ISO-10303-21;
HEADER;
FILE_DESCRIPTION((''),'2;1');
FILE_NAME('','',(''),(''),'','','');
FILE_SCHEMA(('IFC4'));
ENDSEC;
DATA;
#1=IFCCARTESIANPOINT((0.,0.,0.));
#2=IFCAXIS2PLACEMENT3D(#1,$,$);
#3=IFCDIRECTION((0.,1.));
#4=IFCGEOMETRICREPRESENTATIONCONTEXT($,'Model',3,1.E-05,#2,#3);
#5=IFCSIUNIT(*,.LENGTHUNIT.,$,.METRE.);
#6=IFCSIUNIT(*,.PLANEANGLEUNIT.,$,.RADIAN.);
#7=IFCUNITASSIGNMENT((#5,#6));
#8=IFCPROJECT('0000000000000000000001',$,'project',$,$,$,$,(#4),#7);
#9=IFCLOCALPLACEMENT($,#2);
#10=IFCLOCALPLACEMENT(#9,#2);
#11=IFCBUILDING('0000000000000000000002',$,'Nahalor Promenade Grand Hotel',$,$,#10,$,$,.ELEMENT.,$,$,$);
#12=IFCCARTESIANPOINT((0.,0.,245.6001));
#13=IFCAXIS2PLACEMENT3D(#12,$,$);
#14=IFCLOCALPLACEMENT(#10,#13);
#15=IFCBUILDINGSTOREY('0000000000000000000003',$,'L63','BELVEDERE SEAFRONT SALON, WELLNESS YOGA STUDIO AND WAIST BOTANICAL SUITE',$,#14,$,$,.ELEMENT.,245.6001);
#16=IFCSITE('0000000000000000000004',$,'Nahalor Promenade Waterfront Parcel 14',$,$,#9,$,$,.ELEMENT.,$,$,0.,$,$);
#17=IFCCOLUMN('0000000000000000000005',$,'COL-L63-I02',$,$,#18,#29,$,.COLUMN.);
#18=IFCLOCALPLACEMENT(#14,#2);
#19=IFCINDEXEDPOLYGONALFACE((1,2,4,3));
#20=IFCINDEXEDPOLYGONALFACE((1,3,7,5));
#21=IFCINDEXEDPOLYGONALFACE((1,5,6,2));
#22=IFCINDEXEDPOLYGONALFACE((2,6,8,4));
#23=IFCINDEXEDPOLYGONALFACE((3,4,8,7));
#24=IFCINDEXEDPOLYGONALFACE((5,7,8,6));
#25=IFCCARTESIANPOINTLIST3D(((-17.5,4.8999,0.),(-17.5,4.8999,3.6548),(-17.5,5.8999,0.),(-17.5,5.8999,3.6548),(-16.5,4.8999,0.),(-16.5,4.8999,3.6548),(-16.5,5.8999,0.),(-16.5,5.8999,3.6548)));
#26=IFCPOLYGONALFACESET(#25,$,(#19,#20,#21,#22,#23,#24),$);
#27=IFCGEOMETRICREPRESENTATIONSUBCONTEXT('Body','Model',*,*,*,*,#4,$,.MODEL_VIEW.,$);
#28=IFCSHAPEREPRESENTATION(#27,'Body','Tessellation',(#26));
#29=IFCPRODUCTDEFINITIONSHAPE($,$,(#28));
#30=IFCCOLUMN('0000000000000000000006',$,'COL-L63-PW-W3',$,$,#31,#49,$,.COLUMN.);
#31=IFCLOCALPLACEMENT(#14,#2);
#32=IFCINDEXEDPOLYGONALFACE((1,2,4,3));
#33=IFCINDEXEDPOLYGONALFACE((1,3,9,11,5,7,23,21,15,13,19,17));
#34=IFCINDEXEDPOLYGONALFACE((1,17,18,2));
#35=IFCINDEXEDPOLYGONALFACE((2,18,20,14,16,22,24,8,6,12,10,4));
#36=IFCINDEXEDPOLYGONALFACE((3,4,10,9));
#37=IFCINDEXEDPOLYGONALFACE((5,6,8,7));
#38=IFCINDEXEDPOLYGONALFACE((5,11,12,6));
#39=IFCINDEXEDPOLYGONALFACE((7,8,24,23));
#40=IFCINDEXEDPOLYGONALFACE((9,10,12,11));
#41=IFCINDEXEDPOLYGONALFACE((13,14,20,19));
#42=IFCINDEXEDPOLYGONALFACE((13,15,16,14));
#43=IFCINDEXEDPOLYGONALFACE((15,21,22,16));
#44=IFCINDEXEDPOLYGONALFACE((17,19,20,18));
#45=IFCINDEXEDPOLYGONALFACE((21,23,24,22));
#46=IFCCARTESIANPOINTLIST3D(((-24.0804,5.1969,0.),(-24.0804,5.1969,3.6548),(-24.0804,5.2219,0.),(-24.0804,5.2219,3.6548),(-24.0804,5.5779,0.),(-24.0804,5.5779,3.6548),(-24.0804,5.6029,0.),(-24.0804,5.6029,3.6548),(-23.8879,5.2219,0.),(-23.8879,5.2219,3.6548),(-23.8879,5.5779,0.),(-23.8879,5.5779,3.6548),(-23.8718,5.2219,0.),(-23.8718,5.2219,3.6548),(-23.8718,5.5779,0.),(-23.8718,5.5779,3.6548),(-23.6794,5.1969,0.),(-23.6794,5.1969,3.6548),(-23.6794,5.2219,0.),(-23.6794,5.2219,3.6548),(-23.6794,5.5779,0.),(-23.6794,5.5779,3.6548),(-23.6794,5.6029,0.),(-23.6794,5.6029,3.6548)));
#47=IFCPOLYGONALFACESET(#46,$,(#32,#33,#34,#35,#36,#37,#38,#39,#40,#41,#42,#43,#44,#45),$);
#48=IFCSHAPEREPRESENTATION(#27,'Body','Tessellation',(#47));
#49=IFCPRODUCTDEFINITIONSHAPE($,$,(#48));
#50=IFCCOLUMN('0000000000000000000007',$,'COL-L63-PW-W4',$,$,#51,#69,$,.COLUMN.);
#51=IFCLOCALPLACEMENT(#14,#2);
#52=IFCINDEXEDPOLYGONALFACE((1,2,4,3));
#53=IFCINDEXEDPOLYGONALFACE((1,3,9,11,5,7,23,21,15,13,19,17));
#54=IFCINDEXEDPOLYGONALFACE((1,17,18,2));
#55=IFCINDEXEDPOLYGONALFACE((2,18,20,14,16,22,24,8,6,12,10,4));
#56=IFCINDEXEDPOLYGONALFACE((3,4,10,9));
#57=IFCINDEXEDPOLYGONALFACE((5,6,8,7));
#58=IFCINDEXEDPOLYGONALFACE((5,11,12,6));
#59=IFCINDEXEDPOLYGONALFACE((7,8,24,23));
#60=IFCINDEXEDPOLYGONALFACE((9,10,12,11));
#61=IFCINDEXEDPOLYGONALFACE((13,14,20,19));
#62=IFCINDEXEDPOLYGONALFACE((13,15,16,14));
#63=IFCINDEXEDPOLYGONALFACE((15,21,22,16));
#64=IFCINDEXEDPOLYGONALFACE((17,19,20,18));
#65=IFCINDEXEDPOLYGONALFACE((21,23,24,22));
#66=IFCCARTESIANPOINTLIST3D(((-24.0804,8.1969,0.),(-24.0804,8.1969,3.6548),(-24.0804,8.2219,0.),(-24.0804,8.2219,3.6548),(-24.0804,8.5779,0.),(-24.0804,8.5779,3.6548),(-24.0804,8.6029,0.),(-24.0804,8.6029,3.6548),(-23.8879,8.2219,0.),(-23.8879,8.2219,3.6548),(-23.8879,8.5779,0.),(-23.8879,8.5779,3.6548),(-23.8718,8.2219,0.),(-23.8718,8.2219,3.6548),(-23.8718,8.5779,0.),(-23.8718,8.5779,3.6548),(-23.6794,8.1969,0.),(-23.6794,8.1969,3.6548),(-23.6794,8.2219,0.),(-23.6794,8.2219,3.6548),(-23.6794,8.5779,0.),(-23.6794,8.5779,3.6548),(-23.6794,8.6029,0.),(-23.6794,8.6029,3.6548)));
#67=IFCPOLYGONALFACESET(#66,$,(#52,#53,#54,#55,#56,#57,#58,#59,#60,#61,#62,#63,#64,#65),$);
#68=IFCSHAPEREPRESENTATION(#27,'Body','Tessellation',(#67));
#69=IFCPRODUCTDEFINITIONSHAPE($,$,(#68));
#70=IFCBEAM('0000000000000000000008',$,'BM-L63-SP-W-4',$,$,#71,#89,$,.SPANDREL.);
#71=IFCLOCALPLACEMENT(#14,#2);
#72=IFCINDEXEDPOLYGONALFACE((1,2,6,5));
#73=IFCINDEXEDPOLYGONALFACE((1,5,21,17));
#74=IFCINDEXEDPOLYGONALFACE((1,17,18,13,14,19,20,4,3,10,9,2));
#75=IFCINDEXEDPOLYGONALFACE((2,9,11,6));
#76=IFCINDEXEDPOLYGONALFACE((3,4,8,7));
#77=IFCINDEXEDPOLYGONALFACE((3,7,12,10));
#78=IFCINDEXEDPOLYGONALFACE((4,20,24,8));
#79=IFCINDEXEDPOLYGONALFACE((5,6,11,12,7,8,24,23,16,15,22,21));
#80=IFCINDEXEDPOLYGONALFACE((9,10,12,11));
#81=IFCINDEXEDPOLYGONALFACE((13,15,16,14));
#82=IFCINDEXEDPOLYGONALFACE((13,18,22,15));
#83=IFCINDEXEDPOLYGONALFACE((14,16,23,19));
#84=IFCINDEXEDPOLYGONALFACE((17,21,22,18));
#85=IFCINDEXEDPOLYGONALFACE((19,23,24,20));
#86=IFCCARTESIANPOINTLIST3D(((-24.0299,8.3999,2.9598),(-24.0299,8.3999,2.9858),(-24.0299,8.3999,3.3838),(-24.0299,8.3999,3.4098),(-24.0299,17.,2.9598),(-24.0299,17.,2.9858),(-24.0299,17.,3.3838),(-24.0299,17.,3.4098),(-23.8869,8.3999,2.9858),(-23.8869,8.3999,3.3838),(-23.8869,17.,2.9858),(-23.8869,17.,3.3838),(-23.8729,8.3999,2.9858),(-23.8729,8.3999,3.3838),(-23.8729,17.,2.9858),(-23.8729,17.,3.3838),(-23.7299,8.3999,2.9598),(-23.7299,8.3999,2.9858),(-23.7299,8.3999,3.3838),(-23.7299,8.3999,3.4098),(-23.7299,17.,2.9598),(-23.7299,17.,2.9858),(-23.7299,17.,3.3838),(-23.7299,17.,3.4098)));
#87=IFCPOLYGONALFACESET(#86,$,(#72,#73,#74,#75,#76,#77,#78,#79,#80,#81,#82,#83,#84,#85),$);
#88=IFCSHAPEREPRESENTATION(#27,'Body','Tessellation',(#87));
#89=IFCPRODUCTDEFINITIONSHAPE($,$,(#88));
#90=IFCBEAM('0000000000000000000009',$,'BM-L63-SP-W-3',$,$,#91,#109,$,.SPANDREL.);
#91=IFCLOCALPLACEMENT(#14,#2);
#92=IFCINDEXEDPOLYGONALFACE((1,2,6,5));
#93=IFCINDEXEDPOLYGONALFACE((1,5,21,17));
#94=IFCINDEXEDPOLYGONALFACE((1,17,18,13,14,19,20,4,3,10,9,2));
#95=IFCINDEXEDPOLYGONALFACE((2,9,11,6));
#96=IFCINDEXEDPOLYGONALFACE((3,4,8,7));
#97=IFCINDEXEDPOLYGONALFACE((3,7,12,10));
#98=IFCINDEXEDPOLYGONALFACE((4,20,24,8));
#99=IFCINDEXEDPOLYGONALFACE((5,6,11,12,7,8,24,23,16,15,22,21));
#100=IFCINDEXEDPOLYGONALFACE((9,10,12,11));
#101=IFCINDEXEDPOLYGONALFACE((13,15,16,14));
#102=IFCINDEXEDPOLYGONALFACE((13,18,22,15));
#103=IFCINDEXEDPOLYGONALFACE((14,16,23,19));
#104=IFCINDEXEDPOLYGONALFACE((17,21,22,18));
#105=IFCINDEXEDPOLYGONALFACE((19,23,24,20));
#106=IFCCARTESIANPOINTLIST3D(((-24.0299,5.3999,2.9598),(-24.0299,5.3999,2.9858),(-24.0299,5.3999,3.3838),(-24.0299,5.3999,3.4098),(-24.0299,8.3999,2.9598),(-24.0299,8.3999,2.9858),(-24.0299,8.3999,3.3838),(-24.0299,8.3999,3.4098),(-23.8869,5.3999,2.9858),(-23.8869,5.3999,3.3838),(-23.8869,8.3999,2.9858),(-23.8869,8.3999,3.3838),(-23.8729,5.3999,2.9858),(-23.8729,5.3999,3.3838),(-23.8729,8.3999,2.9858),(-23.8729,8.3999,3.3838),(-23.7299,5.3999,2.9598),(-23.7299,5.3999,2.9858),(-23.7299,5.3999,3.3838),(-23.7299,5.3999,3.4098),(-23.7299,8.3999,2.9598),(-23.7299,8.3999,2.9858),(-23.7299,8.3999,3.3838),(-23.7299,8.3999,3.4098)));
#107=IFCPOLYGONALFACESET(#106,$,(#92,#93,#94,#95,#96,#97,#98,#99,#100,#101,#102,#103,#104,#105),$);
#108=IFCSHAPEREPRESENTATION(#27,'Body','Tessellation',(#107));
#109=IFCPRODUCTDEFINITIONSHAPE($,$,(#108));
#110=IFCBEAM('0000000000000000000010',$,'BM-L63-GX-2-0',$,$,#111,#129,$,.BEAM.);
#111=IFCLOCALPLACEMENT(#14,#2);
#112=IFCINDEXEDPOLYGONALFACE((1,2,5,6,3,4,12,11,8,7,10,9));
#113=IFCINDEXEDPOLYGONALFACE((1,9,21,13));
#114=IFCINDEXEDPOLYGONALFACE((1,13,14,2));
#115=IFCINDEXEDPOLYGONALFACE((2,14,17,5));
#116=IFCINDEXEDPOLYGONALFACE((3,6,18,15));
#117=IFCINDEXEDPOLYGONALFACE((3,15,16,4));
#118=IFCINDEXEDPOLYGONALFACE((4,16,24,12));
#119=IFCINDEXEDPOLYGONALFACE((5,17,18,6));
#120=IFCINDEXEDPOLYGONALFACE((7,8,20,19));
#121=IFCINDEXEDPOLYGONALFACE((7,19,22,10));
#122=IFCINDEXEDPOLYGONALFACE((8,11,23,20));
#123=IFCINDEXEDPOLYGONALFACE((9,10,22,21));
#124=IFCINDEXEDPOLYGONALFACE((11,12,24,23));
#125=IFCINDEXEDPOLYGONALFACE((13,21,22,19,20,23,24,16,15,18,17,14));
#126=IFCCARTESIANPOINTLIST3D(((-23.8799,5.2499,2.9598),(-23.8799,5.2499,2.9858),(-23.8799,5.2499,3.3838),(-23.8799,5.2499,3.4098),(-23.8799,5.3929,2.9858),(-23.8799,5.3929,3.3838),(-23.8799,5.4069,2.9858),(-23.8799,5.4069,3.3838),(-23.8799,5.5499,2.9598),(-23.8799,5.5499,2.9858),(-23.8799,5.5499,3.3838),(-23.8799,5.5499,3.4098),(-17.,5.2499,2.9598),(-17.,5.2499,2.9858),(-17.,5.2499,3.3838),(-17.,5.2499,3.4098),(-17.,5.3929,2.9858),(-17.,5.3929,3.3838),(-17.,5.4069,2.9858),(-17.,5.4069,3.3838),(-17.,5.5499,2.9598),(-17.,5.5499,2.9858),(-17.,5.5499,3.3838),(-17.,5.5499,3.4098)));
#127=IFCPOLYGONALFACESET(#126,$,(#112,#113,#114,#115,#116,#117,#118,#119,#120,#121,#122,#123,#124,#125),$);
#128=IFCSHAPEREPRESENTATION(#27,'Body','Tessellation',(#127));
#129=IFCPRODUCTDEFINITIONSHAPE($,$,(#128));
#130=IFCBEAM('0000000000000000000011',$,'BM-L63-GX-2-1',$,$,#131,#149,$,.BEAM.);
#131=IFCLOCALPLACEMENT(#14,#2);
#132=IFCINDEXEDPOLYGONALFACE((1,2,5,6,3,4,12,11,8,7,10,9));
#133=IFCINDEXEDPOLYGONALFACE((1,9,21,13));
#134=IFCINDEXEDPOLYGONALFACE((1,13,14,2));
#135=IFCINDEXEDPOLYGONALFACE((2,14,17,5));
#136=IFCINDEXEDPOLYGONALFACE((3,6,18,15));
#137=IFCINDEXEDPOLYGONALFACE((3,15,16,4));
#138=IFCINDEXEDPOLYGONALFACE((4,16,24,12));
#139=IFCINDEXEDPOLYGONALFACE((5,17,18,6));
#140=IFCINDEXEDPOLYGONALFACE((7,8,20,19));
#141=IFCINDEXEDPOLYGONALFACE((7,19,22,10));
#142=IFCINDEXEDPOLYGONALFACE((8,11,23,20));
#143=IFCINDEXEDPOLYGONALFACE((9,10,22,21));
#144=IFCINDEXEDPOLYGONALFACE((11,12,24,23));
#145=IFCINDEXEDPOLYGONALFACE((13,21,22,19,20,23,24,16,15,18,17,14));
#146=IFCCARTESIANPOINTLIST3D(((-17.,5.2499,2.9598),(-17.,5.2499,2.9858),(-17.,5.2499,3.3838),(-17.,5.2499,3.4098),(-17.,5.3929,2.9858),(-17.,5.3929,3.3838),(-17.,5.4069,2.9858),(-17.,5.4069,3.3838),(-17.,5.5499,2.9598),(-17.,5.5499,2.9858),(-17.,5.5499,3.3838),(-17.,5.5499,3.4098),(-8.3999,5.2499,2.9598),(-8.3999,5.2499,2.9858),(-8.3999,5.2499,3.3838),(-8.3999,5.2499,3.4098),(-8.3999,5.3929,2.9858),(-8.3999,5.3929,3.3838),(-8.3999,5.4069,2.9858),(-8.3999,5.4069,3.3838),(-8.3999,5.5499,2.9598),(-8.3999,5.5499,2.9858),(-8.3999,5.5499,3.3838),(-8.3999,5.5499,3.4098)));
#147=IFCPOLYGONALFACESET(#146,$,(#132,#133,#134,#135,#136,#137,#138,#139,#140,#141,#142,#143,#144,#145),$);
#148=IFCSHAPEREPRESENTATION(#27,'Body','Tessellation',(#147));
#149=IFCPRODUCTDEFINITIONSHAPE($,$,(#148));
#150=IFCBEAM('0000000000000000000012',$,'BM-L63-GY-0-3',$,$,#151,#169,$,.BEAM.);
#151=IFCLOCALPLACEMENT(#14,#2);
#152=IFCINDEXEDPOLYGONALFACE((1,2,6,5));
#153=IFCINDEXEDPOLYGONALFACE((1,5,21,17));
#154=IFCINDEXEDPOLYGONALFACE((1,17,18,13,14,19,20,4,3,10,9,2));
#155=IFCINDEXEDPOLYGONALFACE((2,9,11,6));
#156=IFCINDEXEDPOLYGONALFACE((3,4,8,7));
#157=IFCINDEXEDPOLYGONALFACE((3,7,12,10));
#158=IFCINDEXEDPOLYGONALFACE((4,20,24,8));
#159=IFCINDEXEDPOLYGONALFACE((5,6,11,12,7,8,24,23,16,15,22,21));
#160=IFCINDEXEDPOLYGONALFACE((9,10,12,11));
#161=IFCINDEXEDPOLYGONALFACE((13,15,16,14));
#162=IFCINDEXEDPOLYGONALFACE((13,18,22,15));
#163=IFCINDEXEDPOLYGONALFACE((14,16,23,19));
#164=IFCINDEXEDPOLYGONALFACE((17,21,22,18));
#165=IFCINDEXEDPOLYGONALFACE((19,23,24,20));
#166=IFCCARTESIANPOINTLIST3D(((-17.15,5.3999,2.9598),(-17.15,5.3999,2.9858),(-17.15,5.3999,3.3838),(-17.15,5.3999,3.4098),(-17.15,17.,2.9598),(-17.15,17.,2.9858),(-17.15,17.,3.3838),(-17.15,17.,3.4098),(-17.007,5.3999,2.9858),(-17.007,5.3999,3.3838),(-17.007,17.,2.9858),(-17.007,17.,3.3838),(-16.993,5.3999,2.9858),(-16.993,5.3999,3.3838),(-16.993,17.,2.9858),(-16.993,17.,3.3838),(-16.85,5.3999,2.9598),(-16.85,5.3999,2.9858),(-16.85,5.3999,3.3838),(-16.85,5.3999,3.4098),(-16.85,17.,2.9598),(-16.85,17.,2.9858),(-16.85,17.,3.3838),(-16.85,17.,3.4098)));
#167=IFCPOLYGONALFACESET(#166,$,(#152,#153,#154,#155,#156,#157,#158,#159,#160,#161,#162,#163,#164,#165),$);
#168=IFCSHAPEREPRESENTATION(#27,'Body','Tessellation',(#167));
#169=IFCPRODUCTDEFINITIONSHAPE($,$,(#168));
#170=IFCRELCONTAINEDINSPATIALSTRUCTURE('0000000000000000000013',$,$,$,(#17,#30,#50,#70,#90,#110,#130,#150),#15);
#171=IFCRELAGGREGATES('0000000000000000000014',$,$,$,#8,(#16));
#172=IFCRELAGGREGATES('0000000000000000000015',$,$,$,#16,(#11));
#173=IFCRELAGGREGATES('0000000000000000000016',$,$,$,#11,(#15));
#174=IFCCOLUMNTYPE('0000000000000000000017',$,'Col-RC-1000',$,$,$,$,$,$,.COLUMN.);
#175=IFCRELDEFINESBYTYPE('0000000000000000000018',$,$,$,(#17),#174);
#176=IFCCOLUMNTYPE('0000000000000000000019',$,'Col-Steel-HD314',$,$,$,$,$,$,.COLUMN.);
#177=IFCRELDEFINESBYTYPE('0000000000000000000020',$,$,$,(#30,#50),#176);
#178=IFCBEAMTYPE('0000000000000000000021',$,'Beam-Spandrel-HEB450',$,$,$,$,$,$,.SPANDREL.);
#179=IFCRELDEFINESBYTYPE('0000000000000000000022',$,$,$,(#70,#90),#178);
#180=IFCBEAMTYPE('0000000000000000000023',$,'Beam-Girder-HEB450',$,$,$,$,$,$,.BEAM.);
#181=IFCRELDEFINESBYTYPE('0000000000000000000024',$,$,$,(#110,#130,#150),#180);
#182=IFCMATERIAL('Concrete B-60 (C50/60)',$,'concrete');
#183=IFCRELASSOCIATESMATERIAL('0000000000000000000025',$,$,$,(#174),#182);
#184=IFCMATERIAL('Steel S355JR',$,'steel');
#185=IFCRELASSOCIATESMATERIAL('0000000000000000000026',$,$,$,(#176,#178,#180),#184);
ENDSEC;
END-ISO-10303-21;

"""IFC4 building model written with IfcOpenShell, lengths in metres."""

from ifc_helpers import new_model, si_unit, direction, frame, origin, origin_2d, place, context, subcontext, project, spatial, rectangle, i_section, extrude, source, transform, mapped, material, material_profile, profile_set, type_object, element, save


model = new_model("IFC4")

# Units and contexts
model_context = context("Model", 3, precision=1e-05, world=origin(), true_north=direction((0.0, 1.0)))
body_context = subcontext(model_context, "Body", "Model", "MODEL_VIEW")
ifc_project = project(units=[si_unit("LENGTHUNIT", "METRE"), si_unit("PLANEANGLEUNIT", "RADIAN")], contexts=[model_context])

# Site, building, storey
site_placement = place(None, origin())
site = spatial("IfcSite", under=ifc_project, at=site_placement, Name="Nahalor Promenade Waterfront Parcel 14", CompositionType="ELEMENT", RefElevation=0.0)
building_placement = place(site_placement, origin())
building = spatial("IfcBuilding", under=site, at=building_placement, Name="Nahalor Promenade Grand Hotel", CompositionType="ELEMENT")
storey_placement = place(building_placement, frame((0.0, 0.0, 245.6001)))
storey = spatial("IfcBuildingStorey", under=building, at=storey_placement, Name="L63", Description="BELVEDERE SEAFRONT SALON, WELLNESS YOGA STUDIO AND WAIST BOTANICAL SUITE", CompositionType="ELEMENT", Elevation=245.6001)

# Columns
ifc_material_1 = material(Name="Concrete B-60 (C50/60)", Category="concrete")
ifc_material_profile_1 = material_profile(ifc_material_1, rectangle(XDim=1.0, YDim=1.0, at=origin_2d()), Name="RC 1000x1000")
ifc_profile_set_1 = profile_set([ifc_material_profile_1], Name="Concrete B-60 (C50/60)")
column_type_1 = type_object("IfcColumnType", Name="Col-RC-1000", PredefinedType="COLUMN", material=ifc_profile_set_1)
shared_shape_1 = source(origin(), body_context, "Body", "SweptSolid", [
    extrude(rectangle(XDim=1.0, YDim=1.0, at=origin_2d()), origin(), (0.0, 0.0, 1.0), 3.6548),
])
column_placement = place(storey_placement, frame((-17.0, 5.3999, 0.0), z_axis=(0.0, 0.0, 1.0), x_axis=(1.0, 0.0, 0.0)))
element("IfcColumn", 1, at=column_placement, inside=storey, type_object=column_type_1, Name="COL-L63-I02", PredefinedType="COLUMN", context=body_context, shape_type="MappedRepresentation", body=[
    mapped(shared_shape_1, transform((0.0, 0.0, 0.0), scale=1.0)),
])
ifc_material_2 = material(Name="Steel S355JR", Category="steel")
ifc_material_profile_2 = material_profile(ifc_material_2, i_section(OverallWidth=0.401, OverallDepth=0.406, WebThickness=0.0161, FlangeThickness=0.025, at=origin_2d()), Name="HD 400x314")
ifc_profile_set_2 = profile_set([ifc_material_profile_2], Name="Steel S355JR")
column_type_2 = type_object("IfcColumnType", Name="Col-Steel-HD314", PredefinedType="COLUMN", material=ifc_profile_set_2)
shared_shape_2 = source(origin(), body_context, "Body", "SweptSolid", [
    extrude(i_section(OverallWidth=0.401, OverallDepth=0.406, WebThickness=0.0161, FlangeThickness=0.025, at=origin_2d()), origin(), (0.0, 0.0, 1.0), 3.6548),
])
for number, where, z_axis, x_axis, name in (
    (2, (-23.8799, 5.3999, 0.0), (0.0, 0.0, 1.0), (1.0, 0.0, 0.0), "COL-L63-PW-W3"),
    (3, (-23.8799, 8.3999, 0.0), (0.0, 0.0, 1.0), (1.0, 0.0, 0.0), "COL-L63-PW-W4"),
):
    element("IfcColumn", number, at=place(storey_placement, frame(where, z_axis=z_axis, x_axis=x_axis)), inside=storey, type_object=column_type_2, Name=name, PredefinedType="COLUMN", context=body_context, shape_type="MappedRepresentation", body=[
        mapped(shared_shape_2, transform((0.0, 0.0, 0.0), scale=1.0)),
    ])

# Beams
ifc_material_profile_3 = material_profile(ifc_material_2, i_section(OverallWidth=0.3, OverallDepth=0.45, WebThickness=0.014, FlangeThickness=0.026, at=origin_2d()), Name="HEB 450")
ifc_profile_set_3 = profile_set([ifc_material_profile_3], Name="Steel S355JR")
beam_type_1 = type_object("IfcBeamType", Name="Beam-Spandrel-HEB450", PredefinedType="SPANDREL", material=ifc_profile_set_3)
shared_shape_3 = source(origin(), body_context, "Body", "SweptSolid", [
    extrude(i_section(OverallWidth=0.3, OverallDepth=0.45, WebThickness=0.014, FlangeThickness=0.026, at=origin_2d()), origin(), (0.0, 0.0, 1.0), 8.6001),
])
beam_1_placement = place(storey_placement, frame((-23.8799, 8.3999, 3.1848), z_axis=(0.0, 1.0, 0.0), x_axis=(-1.0, 0.0, 0.0)))
element("IfcBeam", 4, at=beam_1_placement, inside=storey, type_object=beam_type_1, Name="BM-L63-SP-W-4", PredefinedType="SPANDREL", context=body_context, shape_type="MappedRepresentation", body=[
    mapped(shared_shape_3, transform((0.0, 0.0, 0.0), scale=1.0)),
])
shared_shape_4 = source(origin(), body_context, "Body", "SweptSolid", [
    extrude(i_section(OverallWidth=0.3, OverallDepth=0.45, WebThickness=0.014, FlangeThickness=0.026, at=origin_2d()), origin(), (0.0, 0.0, 1.0), 3.0),
])
beam_2_placement = place(storey_placement, frame((-23.8799, 5.3999, 3.1848), z_axis=(0.0, 1.0, 0.0), x_axis=(-1.0, 0.0, 0.0)))
element("IfcBeam", 5, at=beam_2_placement, inside=storey, type_object=beam_type_1, Name="BM-L63-SP-W-3", PredefinedType="SPANDREL", context=body_context, shape_type="MappedRepresentation", body=[
    mapped(shared_shape_4, transform((0.0, 0.0, 0.0), scale=1.0)),
])
ifc_material_profile_4 = material_profile(ifc_material_2, i_section(OverallWidth=0.3, OverallDepth=0.45, WebThickness=0.014, FlangeThickness=0.026, at=origin_2d()), Name="HEB 450")
ifc_profile_set_4 = profile_set([ifc_material_profile_4], Name="Steel S355JR")
beam_type_2 = type_object("IfcBeamType", Name="Beam-Girder-HEB450", PredefinedType="BEAM", material=ifc_profile_set_4)
shared_shape_5 = source(origin(), body_context, "Body", "SweptSolid", [
    extrude(i_section(OverallWidth=0.3, OverallDepth=0.45, WebThickness=0.014, FlangeThickness=0.026, at=origin_2d()), origin(), (0.0, 0.0, 1.0), 6.8799),
])
beam_3_placement = place(storey_placement, frame((-23.8799, 5.3999, 3.1848), z_axis=(1.0, 0.0, 0.0), x_axis=(0.0, 1.0, 0.0)))
element("IfcBeam", 6, at=beam_3_placement, inside=storey, type_object=beam_type_2, Name="BM-L63-GX-2-0", PredefinedType="BEAM", context=body_context, shape_type="MappedRepresentation", body=[
    mapped(shared_shape_5, transform((0.0, 0.0, 0.0), scale=1.0)),
])
shared_shape_6 = source(origin(), body_context, "Body", "SweptSolid", [
    extrude(i_section(OverallWidth=0.3, OverallDepth=0.45, WebThickness=0.014, FlangeThickness=0.026, at=origin_2d()), origin(), (0.0, 0.0, 1.0), 8.6001),
])
beam_4_placement = place(storey_placement, frame((-17.0, 5.3999, 3.1848), z_axis=(1.0, 0.0, 0.0), x_axis=(0.0, 1.0, 0.0)))
element("IfcBeam", 7, at=beam_4_placement, inside=storey, type_object=beam_type_2, Name="BM-L63-GX-2-1", PredefinedType="BEAM", context=body_context, shape_type="MappedRepresentation", body=[
    mapped(shared_shape_6, transform((0.0, 0.0, 0.0), scale=1.0)),
])
shared_shape_7 = source(origin(), body_context, "Body", "SweptSolid", [
    extrude(i_section(OverallWidth=0.3, OverallDepth=0.45, WebThickness=0.014, FlangeThickness=0.026, at=origin_2d()), origin(), (0.0, 0.0, 1.0), 11.6001),
])
beam_5_placement = place(storey_placement, frame((-17.0, 5.3999, 3.1848), z_axis=(0.0, 1.0, 0.0), x_axis=(-1.0, 0.0, 0.0)))
element("IfcBeam", 8, at=beam_5_placement, inside=storey, type_object=beam_type_2, Name="BM-L63-GY-0-3", PredefinedType="BEAM", context=body_context, shape_type="MappedRepresentation", body=[
    mapped(shared_shape_7, transform((0.0, 0.0, 0.0), scale=1.0)),
])

save(model, "model.ifc")
